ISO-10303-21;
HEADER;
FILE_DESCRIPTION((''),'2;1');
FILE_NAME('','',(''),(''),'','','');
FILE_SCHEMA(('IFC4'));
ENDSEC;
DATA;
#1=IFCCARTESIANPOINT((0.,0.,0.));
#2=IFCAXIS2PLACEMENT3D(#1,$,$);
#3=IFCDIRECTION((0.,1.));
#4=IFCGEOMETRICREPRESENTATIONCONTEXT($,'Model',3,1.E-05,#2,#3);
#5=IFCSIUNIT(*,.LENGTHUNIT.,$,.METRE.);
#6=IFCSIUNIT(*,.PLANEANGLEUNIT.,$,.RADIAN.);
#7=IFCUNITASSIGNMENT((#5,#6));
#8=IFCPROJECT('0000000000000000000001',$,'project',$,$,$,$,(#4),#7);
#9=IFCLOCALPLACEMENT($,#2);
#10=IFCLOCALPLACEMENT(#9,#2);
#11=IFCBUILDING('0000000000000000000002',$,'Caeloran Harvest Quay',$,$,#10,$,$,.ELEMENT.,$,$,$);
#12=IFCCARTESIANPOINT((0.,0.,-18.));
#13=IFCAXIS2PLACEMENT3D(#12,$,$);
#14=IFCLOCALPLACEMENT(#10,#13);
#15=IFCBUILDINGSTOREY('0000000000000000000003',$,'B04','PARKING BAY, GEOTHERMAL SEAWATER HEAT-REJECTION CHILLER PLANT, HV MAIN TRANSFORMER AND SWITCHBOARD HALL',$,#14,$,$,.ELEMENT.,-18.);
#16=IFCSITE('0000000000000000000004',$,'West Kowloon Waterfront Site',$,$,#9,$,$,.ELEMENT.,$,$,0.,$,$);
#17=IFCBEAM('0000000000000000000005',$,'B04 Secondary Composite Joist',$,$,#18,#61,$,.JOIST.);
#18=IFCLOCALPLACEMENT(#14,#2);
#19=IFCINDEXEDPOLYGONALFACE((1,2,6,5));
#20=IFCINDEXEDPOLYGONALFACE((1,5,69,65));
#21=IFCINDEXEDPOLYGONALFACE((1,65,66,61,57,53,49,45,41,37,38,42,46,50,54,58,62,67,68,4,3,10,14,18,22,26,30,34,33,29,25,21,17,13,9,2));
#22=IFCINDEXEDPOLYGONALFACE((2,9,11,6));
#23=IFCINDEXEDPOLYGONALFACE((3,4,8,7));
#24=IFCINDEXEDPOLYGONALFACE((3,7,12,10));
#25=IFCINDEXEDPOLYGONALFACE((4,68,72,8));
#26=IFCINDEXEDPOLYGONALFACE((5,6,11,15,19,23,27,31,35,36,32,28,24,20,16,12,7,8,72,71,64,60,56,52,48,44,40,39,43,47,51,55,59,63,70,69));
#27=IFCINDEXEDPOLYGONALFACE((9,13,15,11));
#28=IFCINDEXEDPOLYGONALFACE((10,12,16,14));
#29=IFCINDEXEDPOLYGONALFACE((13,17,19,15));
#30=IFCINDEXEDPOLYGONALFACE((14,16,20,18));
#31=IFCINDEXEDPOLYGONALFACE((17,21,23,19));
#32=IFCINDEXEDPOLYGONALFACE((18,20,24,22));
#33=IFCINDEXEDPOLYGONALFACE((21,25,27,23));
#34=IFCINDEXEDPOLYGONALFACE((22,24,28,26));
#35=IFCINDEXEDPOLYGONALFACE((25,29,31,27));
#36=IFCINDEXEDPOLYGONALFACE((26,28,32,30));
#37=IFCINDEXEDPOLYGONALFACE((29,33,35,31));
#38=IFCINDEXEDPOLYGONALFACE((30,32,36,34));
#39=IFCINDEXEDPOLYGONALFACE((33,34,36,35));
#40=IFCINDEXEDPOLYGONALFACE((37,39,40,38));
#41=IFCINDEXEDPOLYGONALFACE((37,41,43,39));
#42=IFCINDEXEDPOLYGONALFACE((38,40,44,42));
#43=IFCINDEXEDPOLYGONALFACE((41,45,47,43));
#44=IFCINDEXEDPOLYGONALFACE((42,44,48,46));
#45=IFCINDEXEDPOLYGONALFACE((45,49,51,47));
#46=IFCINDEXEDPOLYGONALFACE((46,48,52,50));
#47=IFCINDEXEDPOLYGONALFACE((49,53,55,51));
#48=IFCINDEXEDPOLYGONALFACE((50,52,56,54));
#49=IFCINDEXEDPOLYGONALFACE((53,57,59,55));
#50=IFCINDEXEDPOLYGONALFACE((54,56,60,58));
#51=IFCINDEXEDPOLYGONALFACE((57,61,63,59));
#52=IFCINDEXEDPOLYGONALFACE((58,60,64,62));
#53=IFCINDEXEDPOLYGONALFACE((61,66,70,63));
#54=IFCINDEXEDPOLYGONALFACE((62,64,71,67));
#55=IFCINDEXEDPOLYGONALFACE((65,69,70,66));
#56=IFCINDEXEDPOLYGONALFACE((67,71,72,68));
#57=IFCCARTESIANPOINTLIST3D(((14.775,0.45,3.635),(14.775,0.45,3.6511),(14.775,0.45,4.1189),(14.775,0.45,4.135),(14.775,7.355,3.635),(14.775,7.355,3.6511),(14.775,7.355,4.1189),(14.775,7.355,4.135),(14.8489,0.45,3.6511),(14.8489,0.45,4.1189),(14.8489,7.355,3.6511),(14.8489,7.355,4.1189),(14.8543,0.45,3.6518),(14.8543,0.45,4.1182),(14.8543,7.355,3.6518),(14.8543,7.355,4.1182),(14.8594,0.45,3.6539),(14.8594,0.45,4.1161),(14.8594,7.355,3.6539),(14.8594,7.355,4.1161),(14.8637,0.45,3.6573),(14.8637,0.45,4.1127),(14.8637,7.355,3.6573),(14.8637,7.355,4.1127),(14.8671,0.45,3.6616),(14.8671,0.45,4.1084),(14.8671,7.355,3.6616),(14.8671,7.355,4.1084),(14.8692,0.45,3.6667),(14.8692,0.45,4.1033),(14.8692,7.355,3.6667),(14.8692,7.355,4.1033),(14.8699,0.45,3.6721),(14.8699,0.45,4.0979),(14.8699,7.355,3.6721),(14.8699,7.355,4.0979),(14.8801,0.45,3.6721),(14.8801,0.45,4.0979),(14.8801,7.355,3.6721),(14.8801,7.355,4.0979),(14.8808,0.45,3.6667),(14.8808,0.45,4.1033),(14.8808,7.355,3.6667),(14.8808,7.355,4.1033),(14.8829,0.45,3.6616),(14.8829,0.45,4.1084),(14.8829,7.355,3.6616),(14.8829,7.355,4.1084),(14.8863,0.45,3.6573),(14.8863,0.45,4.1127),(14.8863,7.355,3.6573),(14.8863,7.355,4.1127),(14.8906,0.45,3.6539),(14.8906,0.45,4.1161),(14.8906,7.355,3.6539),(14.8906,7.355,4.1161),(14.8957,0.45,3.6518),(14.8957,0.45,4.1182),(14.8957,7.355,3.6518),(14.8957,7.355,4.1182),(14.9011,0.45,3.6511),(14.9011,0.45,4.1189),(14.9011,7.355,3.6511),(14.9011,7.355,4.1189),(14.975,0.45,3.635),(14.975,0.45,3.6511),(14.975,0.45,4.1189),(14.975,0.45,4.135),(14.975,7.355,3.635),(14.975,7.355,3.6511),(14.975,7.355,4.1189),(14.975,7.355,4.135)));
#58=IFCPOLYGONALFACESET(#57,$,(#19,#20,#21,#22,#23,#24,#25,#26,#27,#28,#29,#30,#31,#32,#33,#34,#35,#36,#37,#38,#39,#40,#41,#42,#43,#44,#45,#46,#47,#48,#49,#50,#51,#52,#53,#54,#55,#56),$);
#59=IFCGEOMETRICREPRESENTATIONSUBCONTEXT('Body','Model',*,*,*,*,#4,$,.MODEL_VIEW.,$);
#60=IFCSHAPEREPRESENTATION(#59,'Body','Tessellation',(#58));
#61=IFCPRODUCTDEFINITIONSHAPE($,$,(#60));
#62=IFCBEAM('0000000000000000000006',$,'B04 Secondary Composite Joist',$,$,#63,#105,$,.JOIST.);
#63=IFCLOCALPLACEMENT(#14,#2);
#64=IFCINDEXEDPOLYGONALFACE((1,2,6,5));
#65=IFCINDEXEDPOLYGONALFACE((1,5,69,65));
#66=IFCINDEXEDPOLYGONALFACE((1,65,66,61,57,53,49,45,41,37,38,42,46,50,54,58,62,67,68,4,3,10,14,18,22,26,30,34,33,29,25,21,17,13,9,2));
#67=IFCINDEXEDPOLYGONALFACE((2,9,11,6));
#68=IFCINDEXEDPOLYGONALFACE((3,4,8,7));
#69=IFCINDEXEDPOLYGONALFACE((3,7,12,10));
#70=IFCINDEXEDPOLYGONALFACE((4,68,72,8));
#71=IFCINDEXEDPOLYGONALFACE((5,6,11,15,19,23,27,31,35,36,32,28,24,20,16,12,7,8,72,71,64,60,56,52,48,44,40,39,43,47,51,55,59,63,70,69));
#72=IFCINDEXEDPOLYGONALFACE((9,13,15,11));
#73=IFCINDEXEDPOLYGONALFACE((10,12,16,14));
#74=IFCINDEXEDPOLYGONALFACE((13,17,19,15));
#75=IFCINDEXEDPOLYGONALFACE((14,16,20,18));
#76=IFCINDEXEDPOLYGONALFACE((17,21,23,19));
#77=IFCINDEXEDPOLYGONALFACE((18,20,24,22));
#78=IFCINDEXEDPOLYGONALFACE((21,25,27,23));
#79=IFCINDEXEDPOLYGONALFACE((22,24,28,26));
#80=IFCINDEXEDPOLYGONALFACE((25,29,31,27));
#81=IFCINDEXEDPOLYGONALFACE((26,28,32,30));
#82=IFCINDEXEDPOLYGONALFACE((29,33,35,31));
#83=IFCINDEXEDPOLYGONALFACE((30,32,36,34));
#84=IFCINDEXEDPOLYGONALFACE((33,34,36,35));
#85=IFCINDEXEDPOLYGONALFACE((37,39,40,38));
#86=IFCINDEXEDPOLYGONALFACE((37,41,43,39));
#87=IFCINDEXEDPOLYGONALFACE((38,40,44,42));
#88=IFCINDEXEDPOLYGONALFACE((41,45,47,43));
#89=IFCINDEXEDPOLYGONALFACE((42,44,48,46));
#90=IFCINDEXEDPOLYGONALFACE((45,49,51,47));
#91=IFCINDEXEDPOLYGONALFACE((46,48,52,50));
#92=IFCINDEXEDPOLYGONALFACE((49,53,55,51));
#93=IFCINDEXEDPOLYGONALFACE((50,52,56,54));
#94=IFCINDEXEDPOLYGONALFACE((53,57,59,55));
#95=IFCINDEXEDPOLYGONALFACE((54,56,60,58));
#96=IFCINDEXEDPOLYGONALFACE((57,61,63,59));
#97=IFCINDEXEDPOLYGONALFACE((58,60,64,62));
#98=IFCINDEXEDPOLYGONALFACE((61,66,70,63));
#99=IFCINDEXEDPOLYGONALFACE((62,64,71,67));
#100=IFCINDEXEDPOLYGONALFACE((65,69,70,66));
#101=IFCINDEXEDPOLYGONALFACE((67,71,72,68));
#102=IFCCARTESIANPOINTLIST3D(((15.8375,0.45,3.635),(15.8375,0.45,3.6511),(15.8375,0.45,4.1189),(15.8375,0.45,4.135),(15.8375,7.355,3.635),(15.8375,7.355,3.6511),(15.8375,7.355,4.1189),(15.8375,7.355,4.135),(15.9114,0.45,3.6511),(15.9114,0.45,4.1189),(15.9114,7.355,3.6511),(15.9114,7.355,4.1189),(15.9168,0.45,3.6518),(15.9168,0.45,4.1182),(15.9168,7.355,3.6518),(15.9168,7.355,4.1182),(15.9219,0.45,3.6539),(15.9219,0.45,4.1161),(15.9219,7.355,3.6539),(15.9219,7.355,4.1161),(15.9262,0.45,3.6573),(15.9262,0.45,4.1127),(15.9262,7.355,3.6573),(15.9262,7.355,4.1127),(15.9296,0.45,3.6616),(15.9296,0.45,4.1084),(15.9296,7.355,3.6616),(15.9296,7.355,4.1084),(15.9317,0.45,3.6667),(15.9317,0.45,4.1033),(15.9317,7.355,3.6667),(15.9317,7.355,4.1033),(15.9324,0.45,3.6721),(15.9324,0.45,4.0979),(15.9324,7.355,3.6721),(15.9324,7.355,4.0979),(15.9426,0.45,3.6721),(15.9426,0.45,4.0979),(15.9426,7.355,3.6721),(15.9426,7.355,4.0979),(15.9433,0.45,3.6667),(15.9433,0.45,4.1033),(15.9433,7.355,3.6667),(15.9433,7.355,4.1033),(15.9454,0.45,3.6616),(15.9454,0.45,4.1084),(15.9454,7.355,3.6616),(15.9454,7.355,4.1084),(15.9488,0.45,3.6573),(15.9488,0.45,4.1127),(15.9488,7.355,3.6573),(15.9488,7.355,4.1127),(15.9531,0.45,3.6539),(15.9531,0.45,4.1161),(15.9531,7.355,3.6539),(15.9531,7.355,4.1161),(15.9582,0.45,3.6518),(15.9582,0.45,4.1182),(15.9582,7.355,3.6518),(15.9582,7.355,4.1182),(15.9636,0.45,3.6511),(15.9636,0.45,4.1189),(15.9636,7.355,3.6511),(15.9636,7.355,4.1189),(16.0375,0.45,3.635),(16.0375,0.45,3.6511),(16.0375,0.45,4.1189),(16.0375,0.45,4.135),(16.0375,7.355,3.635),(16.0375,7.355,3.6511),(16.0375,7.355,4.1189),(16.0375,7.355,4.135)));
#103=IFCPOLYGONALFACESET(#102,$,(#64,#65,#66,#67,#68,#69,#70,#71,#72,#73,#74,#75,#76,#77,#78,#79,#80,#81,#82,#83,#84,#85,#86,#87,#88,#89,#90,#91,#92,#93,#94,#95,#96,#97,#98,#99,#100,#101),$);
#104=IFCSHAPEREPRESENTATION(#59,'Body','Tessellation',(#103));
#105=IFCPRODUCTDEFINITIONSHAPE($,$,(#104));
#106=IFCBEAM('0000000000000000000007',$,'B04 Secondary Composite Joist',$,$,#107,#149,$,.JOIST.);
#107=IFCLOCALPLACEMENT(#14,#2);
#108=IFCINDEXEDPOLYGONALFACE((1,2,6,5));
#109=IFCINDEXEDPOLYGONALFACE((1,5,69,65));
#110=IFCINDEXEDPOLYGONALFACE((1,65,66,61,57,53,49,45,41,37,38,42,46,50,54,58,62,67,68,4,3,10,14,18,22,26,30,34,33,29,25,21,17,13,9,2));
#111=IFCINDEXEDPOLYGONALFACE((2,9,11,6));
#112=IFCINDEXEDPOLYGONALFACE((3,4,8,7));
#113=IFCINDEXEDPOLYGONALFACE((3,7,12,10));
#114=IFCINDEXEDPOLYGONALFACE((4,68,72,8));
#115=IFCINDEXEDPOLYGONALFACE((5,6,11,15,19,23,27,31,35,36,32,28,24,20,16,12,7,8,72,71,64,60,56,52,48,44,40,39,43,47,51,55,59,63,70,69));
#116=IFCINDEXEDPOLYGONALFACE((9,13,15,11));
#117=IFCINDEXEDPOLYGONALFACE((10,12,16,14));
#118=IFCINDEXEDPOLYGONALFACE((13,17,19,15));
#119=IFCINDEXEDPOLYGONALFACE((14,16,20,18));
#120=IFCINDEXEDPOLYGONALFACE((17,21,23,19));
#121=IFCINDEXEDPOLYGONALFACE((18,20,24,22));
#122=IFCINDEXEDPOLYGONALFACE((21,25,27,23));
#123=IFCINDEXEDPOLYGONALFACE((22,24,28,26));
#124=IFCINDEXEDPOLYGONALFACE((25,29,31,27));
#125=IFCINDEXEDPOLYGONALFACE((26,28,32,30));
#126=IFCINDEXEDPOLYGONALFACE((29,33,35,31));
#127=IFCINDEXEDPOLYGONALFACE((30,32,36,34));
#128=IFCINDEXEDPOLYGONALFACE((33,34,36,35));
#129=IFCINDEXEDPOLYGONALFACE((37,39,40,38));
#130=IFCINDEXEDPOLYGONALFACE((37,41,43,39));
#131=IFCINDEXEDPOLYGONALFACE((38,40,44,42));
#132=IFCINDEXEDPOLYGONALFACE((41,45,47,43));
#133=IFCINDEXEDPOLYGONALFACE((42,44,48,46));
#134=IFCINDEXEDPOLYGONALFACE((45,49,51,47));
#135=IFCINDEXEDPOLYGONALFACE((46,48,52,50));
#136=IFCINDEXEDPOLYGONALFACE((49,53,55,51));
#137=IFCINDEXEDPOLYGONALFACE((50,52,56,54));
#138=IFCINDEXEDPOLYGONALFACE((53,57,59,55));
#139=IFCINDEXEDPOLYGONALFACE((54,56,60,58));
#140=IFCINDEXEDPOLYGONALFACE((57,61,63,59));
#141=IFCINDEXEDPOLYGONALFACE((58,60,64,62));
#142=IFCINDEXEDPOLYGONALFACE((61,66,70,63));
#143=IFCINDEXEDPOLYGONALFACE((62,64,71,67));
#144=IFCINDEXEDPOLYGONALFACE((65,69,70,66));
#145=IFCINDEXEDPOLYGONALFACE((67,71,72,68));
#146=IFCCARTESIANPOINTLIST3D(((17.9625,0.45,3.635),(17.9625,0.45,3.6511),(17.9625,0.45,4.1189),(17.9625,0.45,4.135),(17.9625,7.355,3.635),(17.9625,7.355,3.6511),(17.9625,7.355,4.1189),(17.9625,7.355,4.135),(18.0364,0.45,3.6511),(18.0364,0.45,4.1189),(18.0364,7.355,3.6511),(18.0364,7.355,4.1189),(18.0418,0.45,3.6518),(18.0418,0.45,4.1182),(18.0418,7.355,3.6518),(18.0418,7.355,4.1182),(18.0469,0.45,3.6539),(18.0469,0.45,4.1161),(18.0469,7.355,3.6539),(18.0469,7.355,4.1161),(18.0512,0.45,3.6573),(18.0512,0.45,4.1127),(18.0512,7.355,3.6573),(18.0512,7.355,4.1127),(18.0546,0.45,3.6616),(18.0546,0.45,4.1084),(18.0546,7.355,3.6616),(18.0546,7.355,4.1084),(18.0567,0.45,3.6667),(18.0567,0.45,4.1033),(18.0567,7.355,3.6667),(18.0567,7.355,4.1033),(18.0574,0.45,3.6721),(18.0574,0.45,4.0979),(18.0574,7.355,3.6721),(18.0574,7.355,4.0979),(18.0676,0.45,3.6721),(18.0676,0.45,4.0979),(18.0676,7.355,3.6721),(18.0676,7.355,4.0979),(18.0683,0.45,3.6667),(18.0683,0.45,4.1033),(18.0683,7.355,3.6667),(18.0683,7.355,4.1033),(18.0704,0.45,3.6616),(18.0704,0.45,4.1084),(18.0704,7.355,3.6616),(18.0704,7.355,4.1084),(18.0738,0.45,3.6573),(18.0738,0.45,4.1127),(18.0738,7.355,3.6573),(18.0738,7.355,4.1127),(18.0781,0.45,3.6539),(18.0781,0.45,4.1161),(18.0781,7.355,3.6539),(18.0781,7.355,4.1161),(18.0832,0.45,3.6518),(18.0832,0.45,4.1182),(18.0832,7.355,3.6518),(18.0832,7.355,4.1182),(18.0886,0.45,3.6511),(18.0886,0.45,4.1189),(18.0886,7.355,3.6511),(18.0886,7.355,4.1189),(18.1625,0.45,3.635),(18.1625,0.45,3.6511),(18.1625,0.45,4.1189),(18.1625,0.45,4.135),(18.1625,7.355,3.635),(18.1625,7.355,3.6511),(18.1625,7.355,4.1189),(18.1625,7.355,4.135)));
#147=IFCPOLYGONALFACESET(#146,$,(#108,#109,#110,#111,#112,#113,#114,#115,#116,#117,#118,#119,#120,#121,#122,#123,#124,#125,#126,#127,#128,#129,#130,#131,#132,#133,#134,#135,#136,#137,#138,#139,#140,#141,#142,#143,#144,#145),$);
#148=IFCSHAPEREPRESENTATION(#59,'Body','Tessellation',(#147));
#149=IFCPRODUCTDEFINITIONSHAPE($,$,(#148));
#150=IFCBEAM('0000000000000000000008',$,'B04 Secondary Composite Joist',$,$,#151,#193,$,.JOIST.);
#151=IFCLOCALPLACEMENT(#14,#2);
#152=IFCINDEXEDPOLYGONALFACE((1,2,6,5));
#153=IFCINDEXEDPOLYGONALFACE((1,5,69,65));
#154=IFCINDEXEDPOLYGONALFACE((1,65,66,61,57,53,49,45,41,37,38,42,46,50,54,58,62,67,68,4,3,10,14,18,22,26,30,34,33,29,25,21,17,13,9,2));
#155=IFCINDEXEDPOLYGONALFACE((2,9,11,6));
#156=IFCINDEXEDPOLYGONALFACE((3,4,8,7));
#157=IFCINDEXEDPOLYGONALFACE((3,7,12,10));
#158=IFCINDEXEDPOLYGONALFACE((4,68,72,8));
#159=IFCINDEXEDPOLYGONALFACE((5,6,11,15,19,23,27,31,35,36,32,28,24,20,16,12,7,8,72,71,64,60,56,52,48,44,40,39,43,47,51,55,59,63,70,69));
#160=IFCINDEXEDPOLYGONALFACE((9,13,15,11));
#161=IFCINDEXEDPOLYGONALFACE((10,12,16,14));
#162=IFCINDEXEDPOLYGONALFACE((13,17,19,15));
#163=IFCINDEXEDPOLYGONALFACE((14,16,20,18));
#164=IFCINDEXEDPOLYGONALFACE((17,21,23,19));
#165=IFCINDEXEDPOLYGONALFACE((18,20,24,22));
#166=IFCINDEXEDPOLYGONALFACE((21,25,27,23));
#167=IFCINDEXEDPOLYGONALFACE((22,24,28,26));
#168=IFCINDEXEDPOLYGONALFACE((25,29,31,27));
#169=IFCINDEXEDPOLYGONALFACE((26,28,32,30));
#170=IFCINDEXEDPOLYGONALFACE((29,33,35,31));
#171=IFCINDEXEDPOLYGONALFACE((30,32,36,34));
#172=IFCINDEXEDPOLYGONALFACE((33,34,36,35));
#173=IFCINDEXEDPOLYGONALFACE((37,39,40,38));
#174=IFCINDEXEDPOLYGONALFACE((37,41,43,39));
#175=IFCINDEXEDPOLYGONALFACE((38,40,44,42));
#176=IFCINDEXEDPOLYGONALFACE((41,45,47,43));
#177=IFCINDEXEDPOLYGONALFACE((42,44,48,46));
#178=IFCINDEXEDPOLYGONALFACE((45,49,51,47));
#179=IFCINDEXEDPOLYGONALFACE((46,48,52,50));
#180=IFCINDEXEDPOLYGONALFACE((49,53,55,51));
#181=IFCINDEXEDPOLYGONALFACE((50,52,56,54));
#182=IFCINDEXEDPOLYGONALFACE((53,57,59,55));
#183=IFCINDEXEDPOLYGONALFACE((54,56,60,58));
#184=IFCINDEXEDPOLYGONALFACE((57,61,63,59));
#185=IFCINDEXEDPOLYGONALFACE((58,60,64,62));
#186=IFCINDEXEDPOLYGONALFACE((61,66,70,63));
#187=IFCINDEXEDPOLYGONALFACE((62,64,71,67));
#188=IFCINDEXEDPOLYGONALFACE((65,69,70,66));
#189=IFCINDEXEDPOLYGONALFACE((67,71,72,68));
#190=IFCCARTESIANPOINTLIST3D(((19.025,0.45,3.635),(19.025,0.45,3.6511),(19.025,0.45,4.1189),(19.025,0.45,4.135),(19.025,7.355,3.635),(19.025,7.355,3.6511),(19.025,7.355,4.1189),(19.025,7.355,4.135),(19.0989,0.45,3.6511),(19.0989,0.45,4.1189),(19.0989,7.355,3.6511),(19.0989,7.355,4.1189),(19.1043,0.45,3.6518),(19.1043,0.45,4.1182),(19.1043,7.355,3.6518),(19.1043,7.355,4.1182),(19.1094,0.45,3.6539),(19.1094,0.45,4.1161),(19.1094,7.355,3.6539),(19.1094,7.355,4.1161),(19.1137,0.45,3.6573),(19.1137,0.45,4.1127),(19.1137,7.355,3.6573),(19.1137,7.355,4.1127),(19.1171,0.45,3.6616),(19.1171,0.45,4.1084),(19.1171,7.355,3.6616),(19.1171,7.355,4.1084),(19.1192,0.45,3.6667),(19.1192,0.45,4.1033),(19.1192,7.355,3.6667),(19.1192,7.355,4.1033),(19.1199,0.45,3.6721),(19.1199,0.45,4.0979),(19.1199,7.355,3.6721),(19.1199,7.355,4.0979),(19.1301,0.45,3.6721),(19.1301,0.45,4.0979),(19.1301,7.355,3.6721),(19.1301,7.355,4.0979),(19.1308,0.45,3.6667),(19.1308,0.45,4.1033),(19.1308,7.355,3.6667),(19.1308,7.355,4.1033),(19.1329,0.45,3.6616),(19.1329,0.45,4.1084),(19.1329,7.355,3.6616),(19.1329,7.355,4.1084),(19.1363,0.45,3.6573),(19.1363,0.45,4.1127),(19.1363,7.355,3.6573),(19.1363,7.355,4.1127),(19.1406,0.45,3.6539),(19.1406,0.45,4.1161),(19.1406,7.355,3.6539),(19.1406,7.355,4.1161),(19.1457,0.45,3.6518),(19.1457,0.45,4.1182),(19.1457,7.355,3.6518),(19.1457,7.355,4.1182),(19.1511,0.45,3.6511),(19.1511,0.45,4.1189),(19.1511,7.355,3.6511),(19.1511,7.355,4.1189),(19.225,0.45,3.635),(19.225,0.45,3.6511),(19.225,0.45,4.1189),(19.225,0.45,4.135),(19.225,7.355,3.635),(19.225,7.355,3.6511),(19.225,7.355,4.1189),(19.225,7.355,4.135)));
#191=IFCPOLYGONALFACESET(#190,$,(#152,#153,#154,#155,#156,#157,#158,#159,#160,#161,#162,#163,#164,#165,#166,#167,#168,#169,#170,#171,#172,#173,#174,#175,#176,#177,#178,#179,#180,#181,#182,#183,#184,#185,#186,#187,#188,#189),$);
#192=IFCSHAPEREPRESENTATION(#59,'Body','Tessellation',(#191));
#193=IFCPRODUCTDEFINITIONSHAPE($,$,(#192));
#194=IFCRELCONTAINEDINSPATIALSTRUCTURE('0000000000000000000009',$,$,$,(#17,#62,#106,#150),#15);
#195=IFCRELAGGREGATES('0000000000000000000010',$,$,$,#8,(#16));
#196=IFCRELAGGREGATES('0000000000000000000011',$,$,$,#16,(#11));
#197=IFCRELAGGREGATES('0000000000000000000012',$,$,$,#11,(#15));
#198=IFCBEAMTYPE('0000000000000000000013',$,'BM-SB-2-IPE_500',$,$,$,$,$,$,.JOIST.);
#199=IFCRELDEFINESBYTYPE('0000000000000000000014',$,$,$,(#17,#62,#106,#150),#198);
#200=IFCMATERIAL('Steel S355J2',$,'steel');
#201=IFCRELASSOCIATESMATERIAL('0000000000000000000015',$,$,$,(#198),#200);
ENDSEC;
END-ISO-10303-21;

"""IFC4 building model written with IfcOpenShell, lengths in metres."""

from ifc_helpers import new_model, si_unit, direction, frame, origin, origin_2d, place, context, subcontext, project, spatial, i_section, extrude, material, material_profile, profile_set, type_object, element, save


model = new_model("IFC4")

# Units and contexts
model_context = context("Model", 3, precision=1e-05, world=origin(), true_north=direction((0.0, 1.0)))
body_context = subcontext(model_context, "Body", "Model", "MODEL_VIEW")
ifc_project = project(units=[si_unit("LENGTHUNIT", "METRE"), si_unit("PLANEANGLEUNIT", "RADIAN")], contexts=[model_context])

# Site, building, storey
site_placement = place(None, origin())
site = spatial("IfcSite", under=ifc_project, at=site_placement, Name="West Kowloon Waterfront Site", CompositionType="ELEMENT", RefElevation=0.0)
building_placement = place(site_placement, origin())
building = spatial("IfcBuilding", under=site, at=building_placement, Name="Caeloran Harvest Quay", CompositionType="ELEMENT")
storey_placement = place(building_placement, frame((0.0, 0.0, -18.0)))
storey = spatial("IfcBuildingStorey", under=building, at=storey_placement, Name="B04", Description="PARKING BAY, GEOTHERMAL SEAWATER HEAT-REJECTION CHILLER PLANT, HV MAIN TRANSFORMER AND SWITCHBOARD HALL", CompositionType="ELEMENT", Elevation=-18.0)

# Beams
ifc_material_1 = material(Name="Steel S355J2", Category="steel")
ifc_material_profile_1 = material_profile(ifc_material_1, i_section(OverallWidth=0.2, OverallDepth=0.5, WebThickness=0.0103, FlangeThickness=0.0161, FilletRadius=0.021, at=origin_2d()), Name="IPE 500")
ifc_profile_set_1 = profile_set([ifc_material_profile_1], Name="Steel S355J2")
beam_type_1 = type_object("IfcBeamType", Name="BM-SB-2-IPE_500", PredefinedType="JOIST", material=ifc_profile_set_1)
for number, where, z_axis, x_axis, name in (
    (1, (14.875, 0.45, 3.885), (0.0, 1.0, 0.0), (-1.0, 0.0, 0.0), "B04 Secondary Composite Joist"),
    (2, (15.9375, 0.45, 3.885), (0.0, 1.0, 0.0), (-1.0, 0.0, 0.0), "B04 Secondary Composite Joist"),
    (3, (18.0625, 0.45, 3.885), (0.0, 1.0, 0.0), (-1.0, 0.0, 0.0), "B04 Secondary Composite Joist"),
    (4, (19.125, 0.45, 3.885), (0.0, 1.0, 0.0), (-1.0, 0.0, 0.0), "B04 Secondary Composite Joist"),
):
    element("IfcBeam", number, at=place(storey_placement, frame(where, z_axis=z_axis, x_axis=x_axis)), inside=storey, type_object=beam_type_1, Name=name, PredefinedType="JOIST", context=body_context, shape_type="SweptSolid", body=[
        extrude(i_section(OverallWidth=0.2, OverallDepth=0.5, WebThickness=0.0103, FlangeThickness=0.0161, FilletRadius=0.021, at=origin_2d()), origin(), (0.0, 0.0, 1.0), 6.905),
    ])

save(model, "model.ifc")
